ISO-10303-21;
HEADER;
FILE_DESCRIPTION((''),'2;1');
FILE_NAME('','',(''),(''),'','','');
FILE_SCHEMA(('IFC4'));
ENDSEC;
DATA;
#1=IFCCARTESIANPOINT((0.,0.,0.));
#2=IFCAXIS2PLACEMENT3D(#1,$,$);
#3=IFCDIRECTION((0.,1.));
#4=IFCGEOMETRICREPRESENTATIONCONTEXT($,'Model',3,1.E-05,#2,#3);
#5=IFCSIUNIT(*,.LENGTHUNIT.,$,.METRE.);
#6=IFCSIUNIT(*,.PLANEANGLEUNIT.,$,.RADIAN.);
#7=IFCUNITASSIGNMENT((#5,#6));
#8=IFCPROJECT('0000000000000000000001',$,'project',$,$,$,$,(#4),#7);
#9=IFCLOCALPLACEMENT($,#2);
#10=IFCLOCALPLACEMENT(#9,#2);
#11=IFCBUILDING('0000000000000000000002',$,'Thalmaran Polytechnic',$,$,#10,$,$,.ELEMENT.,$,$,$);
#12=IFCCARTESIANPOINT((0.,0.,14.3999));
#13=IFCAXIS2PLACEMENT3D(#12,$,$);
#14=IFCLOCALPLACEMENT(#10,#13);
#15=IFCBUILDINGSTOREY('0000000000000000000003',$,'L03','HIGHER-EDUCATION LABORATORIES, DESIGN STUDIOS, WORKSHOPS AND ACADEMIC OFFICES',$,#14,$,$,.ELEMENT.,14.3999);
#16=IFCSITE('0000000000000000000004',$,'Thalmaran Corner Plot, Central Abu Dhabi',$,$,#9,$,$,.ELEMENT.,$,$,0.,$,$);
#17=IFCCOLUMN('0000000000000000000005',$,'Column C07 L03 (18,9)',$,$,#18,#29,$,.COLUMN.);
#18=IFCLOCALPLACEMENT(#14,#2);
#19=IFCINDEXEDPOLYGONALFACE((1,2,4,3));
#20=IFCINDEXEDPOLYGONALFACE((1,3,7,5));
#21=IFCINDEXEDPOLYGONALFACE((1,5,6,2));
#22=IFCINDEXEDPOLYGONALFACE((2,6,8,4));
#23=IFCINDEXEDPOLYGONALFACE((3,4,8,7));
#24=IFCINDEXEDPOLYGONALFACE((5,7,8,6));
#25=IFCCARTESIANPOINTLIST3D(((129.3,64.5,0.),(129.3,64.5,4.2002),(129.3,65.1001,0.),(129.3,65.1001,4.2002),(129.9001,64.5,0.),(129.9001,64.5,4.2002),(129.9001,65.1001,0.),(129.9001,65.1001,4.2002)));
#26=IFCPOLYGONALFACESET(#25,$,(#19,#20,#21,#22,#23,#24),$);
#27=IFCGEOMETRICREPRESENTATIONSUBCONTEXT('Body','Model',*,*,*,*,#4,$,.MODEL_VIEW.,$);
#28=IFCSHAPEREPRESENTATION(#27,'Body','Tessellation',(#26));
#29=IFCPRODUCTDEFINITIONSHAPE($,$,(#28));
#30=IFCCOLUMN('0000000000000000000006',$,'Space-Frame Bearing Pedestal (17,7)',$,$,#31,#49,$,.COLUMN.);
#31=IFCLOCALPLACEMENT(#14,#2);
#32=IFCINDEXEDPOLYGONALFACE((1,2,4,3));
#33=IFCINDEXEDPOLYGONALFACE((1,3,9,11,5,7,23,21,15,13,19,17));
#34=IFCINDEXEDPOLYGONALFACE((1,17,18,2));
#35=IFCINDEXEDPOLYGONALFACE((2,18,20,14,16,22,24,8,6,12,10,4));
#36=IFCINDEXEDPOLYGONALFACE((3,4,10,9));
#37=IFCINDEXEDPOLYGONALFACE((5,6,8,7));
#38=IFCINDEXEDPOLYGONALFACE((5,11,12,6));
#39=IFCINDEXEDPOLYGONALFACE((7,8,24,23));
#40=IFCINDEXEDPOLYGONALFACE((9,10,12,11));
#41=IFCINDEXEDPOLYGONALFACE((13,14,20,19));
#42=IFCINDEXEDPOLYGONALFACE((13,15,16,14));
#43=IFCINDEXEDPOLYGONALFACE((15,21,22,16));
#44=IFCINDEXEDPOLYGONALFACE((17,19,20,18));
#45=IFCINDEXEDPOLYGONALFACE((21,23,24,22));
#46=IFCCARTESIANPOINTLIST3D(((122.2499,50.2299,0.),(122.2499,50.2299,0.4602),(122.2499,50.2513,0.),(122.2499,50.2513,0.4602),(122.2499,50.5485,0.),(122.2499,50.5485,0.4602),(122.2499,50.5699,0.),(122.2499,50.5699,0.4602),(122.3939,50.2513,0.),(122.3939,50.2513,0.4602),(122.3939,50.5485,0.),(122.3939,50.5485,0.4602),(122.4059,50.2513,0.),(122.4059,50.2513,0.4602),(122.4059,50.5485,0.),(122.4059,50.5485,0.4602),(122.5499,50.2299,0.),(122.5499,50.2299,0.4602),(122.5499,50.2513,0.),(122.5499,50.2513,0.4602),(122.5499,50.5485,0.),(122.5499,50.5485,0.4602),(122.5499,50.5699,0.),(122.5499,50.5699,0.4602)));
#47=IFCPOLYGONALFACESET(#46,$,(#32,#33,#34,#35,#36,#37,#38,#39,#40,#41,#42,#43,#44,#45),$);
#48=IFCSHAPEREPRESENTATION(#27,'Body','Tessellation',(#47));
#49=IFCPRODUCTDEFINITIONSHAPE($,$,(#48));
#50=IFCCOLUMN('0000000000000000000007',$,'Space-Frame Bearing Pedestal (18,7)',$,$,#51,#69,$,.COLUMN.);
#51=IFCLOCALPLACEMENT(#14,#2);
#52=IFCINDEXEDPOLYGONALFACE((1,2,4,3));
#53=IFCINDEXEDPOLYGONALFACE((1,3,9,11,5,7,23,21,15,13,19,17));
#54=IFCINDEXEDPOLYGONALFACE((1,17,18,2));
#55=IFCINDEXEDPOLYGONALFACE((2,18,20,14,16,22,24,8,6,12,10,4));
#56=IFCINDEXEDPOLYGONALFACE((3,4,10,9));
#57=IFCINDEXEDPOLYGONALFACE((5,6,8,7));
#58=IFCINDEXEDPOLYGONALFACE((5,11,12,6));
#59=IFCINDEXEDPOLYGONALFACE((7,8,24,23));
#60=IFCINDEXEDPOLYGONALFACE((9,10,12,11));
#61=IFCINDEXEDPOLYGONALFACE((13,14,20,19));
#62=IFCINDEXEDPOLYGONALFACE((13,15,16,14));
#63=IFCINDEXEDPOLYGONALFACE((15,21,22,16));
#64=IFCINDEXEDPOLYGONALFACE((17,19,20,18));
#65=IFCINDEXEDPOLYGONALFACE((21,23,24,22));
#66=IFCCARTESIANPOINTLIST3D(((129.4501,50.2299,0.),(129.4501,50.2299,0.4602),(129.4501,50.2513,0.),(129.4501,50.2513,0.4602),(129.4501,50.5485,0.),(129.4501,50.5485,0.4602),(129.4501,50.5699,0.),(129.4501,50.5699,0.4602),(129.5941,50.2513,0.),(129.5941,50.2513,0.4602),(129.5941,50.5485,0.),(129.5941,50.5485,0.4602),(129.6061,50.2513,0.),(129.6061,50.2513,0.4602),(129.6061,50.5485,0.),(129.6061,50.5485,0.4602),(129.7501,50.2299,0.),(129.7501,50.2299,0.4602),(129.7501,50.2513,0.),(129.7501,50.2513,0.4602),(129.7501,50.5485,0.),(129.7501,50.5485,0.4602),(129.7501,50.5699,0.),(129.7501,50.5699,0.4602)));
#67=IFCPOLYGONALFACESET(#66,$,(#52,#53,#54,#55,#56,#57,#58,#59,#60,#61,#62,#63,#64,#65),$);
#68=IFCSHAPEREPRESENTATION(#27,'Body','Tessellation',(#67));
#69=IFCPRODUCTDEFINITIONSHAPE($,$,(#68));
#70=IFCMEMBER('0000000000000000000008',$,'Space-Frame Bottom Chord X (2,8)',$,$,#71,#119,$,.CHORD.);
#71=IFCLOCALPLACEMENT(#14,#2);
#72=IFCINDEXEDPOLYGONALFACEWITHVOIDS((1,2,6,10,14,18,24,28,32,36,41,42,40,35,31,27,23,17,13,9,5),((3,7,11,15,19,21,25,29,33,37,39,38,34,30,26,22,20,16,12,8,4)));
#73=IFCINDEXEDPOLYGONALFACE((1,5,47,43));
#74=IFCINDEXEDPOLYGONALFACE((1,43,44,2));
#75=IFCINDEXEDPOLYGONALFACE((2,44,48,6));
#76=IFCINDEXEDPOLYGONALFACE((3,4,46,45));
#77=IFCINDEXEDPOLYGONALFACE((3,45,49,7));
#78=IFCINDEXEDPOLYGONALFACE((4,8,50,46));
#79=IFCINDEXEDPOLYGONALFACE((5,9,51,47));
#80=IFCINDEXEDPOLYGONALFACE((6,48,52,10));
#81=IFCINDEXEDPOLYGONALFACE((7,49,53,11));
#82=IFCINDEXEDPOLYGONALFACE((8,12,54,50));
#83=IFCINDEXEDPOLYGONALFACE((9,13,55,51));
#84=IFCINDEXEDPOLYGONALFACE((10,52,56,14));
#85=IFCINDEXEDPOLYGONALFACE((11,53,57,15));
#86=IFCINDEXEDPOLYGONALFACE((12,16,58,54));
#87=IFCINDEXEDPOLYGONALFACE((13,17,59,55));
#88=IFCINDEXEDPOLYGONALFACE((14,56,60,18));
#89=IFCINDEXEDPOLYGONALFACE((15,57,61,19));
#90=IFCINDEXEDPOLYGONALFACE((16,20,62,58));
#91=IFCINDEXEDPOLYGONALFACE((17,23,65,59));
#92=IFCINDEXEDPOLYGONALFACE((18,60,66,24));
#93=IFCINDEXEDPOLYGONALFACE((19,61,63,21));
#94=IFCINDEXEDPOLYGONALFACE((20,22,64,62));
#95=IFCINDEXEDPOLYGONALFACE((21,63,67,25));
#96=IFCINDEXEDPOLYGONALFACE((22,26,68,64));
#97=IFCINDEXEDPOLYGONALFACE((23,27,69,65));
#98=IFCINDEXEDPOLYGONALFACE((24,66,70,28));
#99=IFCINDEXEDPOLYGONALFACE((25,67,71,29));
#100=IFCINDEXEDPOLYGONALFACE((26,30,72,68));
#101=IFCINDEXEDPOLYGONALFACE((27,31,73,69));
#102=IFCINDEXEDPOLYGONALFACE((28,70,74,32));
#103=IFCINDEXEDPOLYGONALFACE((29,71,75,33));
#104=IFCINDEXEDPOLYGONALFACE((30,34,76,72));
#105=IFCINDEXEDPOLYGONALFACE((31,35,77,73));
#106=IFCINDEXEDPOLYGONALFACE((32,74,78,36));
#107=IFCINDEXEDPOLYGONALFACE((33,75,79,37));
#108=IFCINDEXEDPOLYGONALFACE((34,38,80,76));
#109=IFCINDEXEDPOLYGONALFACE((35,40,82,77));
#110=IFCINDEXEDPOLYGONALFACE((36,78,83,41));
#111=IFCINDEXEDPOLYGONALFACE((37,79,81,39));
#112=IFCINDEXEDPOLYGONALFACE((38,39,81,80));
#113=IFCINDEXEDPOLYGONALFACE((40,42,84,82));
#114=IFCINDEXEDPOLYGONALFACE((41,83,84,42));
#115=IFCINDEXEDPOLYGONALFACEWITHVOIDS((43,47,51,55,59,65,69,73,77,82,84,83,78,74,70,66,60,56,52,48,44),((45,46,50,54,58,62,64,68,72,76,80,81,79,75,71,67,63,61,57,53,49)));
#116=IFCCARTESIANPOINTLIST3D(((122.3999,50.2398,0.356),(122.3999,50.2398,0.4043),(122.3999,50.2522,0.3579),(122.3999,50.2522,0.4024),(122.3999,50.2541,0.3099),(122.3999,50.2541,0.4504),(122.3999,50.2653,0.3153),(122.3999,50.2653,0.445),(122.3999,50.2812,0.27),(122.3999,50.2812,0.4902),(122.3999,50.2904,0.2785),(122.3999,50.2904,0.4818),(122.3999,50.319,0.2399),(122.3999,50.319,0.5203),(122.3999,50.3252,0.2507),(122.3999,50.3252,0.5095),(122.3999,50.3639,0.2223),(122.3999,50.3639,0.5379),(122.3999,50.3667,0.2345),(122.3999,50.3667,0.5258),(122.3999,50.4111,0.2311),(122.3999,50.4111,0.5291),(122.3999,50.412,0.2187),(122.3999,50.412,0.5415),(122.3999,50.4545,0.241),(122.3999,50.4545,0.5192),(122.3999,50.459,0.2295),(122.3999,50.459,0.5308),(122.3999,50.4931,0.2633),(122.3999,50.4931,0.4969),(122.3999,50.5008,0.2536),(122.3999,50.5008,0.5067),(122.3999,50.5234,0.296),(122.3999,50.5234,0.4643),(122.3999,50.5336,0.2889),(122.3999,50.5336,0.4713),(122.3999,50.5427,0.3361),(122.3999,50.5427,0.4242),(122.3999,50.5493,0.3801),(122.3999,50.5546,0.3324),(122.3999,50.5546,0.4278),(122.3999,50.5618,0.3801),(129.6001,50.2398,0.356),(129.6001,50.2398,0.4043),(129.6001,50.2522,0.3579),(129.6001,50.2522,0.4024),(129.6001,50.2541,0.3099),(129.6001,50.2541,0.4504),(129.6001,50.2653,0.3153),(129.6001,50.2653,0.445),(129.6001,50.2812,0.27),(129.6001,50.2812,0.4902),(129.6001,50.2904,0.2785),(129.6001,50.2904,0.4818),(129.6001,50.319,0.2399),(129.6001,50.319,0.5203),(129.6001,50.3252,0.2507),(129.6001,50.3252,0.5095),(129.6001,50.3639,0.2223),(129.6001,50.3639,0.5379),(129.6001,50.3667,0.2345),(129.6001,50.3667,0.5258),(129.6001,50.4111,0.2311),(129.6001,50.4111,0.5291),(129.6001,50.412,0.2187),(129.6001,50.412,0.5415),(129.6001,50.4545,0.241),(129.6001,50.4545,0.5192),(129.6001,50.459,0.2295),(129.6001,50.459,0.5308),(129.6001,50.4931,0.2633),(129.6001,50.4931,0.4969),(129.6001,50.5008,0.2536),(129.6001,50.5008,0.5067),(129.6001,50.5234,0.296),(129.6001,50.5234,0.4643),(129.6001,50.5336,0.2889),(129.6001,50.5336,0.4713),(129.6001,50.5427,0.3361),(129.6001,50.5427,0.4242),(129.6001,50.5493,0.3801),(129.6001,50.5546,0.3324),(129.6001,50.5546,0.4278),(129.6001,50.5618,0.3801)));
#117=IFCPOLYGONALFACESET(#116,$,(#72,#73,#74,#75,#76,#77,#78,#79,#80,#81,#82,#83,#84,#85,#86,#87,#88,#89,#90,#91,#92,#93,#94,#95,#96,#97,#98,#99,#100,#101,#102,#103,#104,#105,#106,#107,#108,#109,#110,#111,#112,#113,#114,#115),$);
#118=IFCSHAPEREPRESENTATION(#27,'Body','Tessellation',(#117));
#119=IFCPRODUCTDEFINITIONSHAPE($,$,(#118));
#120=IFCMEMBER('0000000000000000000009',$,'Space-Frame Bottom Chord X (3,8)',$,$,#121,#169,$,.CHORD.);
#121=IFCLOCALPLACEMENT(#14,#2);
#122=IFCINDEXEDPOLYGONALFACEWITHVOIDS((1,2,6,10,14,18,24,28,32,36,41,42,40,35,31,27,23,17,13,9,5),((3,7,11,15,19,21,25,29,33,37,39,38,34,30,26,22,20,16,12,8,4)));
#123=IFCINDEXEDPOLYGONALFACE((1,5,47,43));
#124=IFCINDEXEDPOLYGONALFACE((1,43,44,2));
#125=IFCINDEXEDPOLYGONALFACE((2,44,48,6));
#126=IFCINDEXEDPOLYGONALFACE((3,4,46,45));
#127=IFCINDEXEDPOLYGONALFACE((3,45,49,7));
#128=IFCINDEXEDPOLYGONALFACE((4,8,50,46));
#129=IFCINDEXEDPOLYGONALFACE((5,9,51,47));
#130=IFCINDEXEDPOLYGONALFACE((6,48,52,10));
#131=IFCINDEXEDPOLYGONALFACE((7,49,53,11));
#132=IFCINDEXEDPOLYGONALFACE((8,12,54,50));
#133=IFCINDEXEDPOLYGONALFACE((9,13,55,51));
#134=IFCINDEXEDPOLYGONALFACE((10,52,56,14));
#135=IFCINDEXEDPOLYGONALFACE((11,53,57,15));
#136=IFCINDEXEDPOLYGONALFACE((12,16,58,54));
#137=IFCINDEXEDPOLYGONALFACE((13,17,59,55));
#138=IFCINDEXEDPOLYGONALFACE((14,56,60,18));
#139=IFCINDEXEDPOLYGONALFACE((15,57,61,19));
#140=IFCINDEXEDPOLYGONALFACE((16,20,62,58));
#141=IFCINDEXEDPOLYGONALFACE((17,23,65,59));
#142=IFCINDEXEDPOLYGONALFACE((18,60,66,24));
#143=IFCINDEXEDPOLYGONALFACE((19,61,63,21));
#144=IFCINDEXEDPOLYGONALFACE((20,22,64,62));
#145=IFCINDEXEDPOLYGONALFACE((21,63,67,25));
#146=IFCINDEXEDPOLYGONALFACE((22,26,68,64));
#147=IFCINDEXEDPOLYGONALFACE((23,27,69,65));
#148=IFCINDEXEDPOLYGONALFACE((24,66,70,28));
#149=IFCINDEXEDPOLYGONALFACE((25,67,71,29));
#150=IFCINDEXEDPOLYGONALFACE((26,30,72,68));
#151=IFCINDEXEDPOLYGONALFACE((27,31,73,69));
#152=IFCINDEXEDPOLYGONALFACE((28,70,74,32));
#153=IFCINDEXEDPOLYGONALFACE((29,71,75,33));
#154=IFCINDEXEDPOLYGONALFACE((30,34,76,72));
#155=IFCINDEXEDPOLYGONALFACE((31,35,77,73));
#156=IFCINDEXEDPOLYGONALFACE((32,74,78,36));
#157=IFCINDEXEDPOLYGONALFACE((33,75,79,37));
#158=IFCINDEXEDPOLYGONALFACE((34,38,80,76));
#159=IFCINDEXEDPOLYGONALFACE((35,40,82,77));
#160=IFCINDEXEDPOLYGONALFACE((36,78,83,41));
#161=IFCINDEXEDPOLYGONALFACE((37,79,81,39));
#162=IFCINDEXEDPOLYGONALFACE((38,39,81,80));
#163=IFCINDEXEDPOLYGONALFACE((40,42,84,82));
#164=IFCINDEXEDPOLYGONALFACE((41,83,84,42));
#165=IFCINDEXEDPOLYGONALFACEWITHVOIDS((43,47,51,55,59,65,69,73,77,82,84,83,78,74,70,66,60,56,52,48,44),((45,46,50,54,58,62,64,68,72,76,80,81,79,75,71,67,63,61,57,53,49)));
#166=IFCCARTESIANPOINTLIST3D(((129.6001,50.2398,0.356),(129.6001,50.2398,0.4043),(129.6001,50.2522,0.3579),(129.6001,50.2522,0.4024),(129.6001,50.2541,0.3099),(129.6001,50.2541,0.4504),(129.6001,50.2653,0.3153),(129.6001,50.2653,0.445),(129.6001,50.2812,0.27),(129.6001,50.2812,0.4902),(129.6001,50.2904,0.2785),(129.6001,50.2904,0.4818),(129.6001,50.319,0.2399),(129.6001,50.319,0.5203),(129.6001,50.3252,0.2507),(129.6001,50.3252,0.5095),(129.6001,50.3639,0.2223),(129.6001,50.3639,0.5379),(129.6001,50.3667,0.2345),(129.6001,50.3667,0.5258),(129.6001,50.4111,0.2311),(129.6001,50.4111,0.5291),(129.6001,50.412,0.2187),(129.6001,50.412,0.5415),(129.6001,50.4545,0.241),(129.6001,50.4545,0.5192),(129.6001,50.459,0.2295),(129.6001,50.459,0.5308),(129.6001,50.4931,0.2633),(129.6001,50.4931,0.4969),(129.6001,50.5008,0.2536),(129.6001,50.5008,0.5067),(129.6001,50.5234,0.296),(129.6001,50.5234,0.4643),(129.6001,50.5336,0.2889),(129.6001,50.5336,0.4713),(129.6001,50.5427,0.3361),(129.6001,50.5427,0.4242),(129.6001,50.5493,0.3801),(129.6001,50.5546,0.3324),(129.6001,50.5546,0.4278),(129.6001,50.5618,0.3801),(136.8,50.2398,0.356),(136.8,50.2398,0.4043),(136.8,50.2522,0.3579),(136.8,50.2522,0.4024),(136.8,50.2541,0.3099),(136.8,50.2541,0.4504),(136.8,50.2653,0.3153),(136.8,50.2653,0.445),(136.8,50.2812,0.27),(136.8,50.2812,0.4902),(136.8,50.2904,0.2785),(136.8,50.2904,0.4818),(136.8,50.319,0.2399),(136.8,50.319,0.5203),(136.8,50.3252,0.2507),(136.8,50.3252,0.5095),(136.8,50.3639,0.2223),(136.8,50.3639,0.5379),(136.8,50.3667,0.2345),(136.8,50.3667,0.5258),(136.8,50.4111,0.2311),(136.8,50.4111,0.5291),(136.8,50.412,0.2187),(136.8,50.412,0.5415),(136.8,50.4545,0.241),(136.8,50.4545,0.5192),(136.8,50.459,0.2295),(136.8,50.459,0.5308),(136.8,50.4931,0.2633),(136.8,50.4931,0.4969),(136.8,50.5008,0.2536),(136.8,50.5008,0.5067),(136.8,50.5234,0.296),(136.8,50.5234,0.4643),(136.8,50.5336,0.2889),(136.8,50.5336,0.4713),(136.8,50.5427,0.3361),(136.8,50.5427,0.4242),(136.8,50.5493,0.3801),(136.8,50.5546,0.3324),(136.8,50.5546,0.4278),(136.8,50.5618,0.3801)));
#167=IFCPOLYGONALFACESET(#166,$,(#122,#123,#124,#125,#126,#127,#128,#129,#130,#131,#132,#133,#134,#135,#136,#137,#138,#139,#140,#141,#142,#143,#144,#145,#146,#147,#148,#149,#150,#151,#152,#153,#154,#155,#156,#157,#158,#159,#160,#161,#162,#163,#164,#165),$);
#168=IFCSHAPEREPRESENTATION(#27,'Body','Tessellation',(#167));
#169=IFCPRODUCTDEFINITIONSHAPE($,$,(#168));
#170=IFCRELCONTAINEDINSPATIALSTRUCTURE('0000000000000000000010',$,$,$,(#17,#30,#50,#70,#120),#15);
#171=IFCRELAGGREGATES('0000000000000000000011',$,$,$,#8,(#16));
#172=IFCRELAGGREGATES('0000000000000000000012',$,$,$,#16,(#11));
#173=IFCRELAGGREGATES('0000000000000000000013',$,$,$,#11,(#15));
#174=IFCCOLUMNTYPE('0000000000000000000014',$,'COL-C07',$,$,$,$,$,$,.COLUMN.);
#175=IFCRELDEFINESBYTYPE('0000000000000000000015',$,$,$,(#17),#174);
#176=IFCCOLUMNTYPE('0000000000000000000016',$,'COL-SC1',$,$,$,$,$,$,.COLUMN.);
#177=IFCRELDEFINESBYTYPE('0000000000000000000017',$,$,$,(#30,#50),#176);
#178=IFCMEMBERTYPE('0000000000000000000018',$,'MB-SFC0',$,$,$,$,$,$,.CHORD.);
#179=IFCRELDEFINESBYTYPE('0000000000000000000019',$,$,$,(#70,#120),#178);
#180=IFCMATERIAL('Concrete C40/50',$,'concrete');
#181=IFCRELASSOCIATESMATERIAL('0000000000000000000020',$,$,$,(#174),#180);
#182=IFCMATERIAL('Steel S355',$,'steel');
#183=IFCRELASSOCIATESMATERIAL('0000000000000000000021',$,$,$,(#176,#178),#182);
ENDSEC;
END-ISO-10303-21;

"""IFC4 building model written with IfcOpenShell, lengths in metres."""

from ifc_helpers import new_model, si_unit, direction, frame, origin, origin_2d, place, context, subcontext, project, spatial, rectangle, hollow_circle, i_section, extrude, material, material_profile, profile_set, type_object, element, save


model = new_model("IFC4")

# Units and contexts
model_context = context("Model", 3, precision=1e-05, world=origin(), true_north=direction((0.0, 1.0)))
body_context = subcontext(model_context, "Body", "Model", "MODEL_VIEW")
ifc_project = project(units=[si_unit("LENGTHUNIT", "METRE"), si_unit("PLANEANGLEUNIT", "RADIAN")], contexts=[model_context])

# Site, building, storey
site_placement = place(None, origin())
site = spatial("IfcSite", under=ifc_project, at=site_placement, Name="Thalmaran Corner Plot, Central Abu Dhabi", CompositionType="ELEMENT", RefElevation=0.0)
building_placement = place(site_placement, origin())
building = spatial("IfcBuilding", under=site, at=building_placement, Name="Thalmaran Polytechnic", CompositionType="ELEMENT")
storey_placement = place(building_placement, frame((0.0, 0.0, 14.3999)))
storey = spatial("IfcBuildingStorey", under=building, at=storey_placement, Name="L03", Description="HIGHER-EDUCATION LABORATORIES, DESIGN STUDIOS, WORKSHOPS AND ACADEMIC OFFICES", CompositionType="ELEMENT", Elevation=14.3999)

# Columns
ifc_material_1 = material(Name="Concrete C40/50", Category="concrete")
ifc_material_profile_1 = material_profile(ifc_material_1, rectangle(XDim=0.6001, YDim=0.6001, at=origin_2d()), Name="RC 600x600")
ifc_profile_set_1 = profile_set([ifc_material_profile_1], Name="Concrete C40/50")
column_type_1 = type_object("IfcColumnType", Name="COL-C07", PredefinedType="COLUMN", material=ifc_profile_set_1)
column_placement = place(storey_placement, frame((129.6001, 64.8, 0.0), z_axis=(0.0, 0.0, 1.0), x_axis=(1.0, 0.0, 0.0)))
element("IfcColumn", 1, at=column_placement, inside=storey, type_object=column_type_1, Name="Column C07 L03 (18,9)", PredefinedType="COLUMN", context=body_context, shape_type="SweptSolid", body=[
    extrude(rectangle(XDim=0.6001, YDim=0.6001, at=origin_2d()), origin(), (0.0, 0.0, 1.0), 4.2002),
])
ifc_material_2 = material(Name="Steel S355", Category="steel")
ifc_material_profile_2 = material_profile(ifc_material_2, i_section(OverallWidth=0.3, OverallDepth=0.3401, WebThickness=0.012, FlangeThickness=0.0215, at=origin_2d()), Name="HEB 340")
ifc_profile_set_2 = profile_set([ifc_material_profile_2], Name="Steel S355")
column_type_2 = type_object("IfcColumnType", Name="COL-SC1", PredefinedType="COLUMN", material=ifc_profile_set_2)
for number, where, z_axis, x_axis, name in (
    (2, (122.3999, 50.3999, 0.0), (0.0, 0.0, 1.0), (1.0, 0.0, 0.0), "Space-Frame Bearing Pedestal (17,7)"),
    (3, (129.6001, 50.3999, 0.0), (0.0, 0.0, 1.0), (1.0, 0.0, 0.0), "Space-Frame Bearing Pedestal (18,7)"),
):
    element("IfcColumn", number, at=place(storey_placement, frame(where, z_axis=z_axis, x_axis=x_axis)), inside=storey, type_object=column_type_2, Name=name, PredefinedType="COLUMN", context=body_context, shape_type="SweptSolid", body=[
        extrude(i_section(OverallWidth=0.3, OverallDepth=0.3401, WebThickness=0.012, FlangeThickness=0.0215, at=origin_2d()), origin(), (0.0, 0.0, 1.0), 0.4602),
    ])

# Members
ifc_material_profile_3 = material_profile(ifc_material_2, hollow_circle(Radius=0.1619, WallThickness=0.0125, at=origin_2d()), Name="CHS 323.9x12.5")
ifc_profile_set_3 = profile_set([ifc_material_profile_3], Name="Steel S355")
member_type_1 = type_object("IfcMemberType", Name="MB-SFC0", PredefinedType="CHORD", material=ifc_profile_set_3)
member_1_placement = place(storey_placement, frame((122.3999, 50.3999, 0.3801), z_axis=(1.0, 0.0, 0.0), x_axis=(0.0, 1.0, 0.0)))
element("IfcMember", 4, at=member_1_placement, inside=storey, type_object=member_type_1, Name="Space-Frame Bottom Chord X (2,8)", PredefinedType="CHORD", context=body_context, shape_type="SweptSolid", body=[
    extrude(hollow_circle(Radius=0.1619, WallThickness=0.0125, at=origin_2d()), origin(), (0.0, 0.0, 1.0), 7.2002),
])
member_2_placement = place(storey_placement, frame((129.6001, 50.3999, 0.3801), z_axis=(1.0, 0.0, 0.0), x_axis=(0.0, 1.0, 0.0)))
element("IfcMember", 5, at=member_2_placement, inside=storey, type_object=member_type_1, Name="Space-Frame Bottom Chord X (3,8)", PredefinedType="CHORD", context=body_context, shape_type="SweptSolid", body=[
    extrude(hollow_circle(Radius=0.1619, WallThickness=0.0125, at=origin_2d()), origin(), (0.0, 0.0, 1.0), 7.2),
])

save(model, "model.ifc")
